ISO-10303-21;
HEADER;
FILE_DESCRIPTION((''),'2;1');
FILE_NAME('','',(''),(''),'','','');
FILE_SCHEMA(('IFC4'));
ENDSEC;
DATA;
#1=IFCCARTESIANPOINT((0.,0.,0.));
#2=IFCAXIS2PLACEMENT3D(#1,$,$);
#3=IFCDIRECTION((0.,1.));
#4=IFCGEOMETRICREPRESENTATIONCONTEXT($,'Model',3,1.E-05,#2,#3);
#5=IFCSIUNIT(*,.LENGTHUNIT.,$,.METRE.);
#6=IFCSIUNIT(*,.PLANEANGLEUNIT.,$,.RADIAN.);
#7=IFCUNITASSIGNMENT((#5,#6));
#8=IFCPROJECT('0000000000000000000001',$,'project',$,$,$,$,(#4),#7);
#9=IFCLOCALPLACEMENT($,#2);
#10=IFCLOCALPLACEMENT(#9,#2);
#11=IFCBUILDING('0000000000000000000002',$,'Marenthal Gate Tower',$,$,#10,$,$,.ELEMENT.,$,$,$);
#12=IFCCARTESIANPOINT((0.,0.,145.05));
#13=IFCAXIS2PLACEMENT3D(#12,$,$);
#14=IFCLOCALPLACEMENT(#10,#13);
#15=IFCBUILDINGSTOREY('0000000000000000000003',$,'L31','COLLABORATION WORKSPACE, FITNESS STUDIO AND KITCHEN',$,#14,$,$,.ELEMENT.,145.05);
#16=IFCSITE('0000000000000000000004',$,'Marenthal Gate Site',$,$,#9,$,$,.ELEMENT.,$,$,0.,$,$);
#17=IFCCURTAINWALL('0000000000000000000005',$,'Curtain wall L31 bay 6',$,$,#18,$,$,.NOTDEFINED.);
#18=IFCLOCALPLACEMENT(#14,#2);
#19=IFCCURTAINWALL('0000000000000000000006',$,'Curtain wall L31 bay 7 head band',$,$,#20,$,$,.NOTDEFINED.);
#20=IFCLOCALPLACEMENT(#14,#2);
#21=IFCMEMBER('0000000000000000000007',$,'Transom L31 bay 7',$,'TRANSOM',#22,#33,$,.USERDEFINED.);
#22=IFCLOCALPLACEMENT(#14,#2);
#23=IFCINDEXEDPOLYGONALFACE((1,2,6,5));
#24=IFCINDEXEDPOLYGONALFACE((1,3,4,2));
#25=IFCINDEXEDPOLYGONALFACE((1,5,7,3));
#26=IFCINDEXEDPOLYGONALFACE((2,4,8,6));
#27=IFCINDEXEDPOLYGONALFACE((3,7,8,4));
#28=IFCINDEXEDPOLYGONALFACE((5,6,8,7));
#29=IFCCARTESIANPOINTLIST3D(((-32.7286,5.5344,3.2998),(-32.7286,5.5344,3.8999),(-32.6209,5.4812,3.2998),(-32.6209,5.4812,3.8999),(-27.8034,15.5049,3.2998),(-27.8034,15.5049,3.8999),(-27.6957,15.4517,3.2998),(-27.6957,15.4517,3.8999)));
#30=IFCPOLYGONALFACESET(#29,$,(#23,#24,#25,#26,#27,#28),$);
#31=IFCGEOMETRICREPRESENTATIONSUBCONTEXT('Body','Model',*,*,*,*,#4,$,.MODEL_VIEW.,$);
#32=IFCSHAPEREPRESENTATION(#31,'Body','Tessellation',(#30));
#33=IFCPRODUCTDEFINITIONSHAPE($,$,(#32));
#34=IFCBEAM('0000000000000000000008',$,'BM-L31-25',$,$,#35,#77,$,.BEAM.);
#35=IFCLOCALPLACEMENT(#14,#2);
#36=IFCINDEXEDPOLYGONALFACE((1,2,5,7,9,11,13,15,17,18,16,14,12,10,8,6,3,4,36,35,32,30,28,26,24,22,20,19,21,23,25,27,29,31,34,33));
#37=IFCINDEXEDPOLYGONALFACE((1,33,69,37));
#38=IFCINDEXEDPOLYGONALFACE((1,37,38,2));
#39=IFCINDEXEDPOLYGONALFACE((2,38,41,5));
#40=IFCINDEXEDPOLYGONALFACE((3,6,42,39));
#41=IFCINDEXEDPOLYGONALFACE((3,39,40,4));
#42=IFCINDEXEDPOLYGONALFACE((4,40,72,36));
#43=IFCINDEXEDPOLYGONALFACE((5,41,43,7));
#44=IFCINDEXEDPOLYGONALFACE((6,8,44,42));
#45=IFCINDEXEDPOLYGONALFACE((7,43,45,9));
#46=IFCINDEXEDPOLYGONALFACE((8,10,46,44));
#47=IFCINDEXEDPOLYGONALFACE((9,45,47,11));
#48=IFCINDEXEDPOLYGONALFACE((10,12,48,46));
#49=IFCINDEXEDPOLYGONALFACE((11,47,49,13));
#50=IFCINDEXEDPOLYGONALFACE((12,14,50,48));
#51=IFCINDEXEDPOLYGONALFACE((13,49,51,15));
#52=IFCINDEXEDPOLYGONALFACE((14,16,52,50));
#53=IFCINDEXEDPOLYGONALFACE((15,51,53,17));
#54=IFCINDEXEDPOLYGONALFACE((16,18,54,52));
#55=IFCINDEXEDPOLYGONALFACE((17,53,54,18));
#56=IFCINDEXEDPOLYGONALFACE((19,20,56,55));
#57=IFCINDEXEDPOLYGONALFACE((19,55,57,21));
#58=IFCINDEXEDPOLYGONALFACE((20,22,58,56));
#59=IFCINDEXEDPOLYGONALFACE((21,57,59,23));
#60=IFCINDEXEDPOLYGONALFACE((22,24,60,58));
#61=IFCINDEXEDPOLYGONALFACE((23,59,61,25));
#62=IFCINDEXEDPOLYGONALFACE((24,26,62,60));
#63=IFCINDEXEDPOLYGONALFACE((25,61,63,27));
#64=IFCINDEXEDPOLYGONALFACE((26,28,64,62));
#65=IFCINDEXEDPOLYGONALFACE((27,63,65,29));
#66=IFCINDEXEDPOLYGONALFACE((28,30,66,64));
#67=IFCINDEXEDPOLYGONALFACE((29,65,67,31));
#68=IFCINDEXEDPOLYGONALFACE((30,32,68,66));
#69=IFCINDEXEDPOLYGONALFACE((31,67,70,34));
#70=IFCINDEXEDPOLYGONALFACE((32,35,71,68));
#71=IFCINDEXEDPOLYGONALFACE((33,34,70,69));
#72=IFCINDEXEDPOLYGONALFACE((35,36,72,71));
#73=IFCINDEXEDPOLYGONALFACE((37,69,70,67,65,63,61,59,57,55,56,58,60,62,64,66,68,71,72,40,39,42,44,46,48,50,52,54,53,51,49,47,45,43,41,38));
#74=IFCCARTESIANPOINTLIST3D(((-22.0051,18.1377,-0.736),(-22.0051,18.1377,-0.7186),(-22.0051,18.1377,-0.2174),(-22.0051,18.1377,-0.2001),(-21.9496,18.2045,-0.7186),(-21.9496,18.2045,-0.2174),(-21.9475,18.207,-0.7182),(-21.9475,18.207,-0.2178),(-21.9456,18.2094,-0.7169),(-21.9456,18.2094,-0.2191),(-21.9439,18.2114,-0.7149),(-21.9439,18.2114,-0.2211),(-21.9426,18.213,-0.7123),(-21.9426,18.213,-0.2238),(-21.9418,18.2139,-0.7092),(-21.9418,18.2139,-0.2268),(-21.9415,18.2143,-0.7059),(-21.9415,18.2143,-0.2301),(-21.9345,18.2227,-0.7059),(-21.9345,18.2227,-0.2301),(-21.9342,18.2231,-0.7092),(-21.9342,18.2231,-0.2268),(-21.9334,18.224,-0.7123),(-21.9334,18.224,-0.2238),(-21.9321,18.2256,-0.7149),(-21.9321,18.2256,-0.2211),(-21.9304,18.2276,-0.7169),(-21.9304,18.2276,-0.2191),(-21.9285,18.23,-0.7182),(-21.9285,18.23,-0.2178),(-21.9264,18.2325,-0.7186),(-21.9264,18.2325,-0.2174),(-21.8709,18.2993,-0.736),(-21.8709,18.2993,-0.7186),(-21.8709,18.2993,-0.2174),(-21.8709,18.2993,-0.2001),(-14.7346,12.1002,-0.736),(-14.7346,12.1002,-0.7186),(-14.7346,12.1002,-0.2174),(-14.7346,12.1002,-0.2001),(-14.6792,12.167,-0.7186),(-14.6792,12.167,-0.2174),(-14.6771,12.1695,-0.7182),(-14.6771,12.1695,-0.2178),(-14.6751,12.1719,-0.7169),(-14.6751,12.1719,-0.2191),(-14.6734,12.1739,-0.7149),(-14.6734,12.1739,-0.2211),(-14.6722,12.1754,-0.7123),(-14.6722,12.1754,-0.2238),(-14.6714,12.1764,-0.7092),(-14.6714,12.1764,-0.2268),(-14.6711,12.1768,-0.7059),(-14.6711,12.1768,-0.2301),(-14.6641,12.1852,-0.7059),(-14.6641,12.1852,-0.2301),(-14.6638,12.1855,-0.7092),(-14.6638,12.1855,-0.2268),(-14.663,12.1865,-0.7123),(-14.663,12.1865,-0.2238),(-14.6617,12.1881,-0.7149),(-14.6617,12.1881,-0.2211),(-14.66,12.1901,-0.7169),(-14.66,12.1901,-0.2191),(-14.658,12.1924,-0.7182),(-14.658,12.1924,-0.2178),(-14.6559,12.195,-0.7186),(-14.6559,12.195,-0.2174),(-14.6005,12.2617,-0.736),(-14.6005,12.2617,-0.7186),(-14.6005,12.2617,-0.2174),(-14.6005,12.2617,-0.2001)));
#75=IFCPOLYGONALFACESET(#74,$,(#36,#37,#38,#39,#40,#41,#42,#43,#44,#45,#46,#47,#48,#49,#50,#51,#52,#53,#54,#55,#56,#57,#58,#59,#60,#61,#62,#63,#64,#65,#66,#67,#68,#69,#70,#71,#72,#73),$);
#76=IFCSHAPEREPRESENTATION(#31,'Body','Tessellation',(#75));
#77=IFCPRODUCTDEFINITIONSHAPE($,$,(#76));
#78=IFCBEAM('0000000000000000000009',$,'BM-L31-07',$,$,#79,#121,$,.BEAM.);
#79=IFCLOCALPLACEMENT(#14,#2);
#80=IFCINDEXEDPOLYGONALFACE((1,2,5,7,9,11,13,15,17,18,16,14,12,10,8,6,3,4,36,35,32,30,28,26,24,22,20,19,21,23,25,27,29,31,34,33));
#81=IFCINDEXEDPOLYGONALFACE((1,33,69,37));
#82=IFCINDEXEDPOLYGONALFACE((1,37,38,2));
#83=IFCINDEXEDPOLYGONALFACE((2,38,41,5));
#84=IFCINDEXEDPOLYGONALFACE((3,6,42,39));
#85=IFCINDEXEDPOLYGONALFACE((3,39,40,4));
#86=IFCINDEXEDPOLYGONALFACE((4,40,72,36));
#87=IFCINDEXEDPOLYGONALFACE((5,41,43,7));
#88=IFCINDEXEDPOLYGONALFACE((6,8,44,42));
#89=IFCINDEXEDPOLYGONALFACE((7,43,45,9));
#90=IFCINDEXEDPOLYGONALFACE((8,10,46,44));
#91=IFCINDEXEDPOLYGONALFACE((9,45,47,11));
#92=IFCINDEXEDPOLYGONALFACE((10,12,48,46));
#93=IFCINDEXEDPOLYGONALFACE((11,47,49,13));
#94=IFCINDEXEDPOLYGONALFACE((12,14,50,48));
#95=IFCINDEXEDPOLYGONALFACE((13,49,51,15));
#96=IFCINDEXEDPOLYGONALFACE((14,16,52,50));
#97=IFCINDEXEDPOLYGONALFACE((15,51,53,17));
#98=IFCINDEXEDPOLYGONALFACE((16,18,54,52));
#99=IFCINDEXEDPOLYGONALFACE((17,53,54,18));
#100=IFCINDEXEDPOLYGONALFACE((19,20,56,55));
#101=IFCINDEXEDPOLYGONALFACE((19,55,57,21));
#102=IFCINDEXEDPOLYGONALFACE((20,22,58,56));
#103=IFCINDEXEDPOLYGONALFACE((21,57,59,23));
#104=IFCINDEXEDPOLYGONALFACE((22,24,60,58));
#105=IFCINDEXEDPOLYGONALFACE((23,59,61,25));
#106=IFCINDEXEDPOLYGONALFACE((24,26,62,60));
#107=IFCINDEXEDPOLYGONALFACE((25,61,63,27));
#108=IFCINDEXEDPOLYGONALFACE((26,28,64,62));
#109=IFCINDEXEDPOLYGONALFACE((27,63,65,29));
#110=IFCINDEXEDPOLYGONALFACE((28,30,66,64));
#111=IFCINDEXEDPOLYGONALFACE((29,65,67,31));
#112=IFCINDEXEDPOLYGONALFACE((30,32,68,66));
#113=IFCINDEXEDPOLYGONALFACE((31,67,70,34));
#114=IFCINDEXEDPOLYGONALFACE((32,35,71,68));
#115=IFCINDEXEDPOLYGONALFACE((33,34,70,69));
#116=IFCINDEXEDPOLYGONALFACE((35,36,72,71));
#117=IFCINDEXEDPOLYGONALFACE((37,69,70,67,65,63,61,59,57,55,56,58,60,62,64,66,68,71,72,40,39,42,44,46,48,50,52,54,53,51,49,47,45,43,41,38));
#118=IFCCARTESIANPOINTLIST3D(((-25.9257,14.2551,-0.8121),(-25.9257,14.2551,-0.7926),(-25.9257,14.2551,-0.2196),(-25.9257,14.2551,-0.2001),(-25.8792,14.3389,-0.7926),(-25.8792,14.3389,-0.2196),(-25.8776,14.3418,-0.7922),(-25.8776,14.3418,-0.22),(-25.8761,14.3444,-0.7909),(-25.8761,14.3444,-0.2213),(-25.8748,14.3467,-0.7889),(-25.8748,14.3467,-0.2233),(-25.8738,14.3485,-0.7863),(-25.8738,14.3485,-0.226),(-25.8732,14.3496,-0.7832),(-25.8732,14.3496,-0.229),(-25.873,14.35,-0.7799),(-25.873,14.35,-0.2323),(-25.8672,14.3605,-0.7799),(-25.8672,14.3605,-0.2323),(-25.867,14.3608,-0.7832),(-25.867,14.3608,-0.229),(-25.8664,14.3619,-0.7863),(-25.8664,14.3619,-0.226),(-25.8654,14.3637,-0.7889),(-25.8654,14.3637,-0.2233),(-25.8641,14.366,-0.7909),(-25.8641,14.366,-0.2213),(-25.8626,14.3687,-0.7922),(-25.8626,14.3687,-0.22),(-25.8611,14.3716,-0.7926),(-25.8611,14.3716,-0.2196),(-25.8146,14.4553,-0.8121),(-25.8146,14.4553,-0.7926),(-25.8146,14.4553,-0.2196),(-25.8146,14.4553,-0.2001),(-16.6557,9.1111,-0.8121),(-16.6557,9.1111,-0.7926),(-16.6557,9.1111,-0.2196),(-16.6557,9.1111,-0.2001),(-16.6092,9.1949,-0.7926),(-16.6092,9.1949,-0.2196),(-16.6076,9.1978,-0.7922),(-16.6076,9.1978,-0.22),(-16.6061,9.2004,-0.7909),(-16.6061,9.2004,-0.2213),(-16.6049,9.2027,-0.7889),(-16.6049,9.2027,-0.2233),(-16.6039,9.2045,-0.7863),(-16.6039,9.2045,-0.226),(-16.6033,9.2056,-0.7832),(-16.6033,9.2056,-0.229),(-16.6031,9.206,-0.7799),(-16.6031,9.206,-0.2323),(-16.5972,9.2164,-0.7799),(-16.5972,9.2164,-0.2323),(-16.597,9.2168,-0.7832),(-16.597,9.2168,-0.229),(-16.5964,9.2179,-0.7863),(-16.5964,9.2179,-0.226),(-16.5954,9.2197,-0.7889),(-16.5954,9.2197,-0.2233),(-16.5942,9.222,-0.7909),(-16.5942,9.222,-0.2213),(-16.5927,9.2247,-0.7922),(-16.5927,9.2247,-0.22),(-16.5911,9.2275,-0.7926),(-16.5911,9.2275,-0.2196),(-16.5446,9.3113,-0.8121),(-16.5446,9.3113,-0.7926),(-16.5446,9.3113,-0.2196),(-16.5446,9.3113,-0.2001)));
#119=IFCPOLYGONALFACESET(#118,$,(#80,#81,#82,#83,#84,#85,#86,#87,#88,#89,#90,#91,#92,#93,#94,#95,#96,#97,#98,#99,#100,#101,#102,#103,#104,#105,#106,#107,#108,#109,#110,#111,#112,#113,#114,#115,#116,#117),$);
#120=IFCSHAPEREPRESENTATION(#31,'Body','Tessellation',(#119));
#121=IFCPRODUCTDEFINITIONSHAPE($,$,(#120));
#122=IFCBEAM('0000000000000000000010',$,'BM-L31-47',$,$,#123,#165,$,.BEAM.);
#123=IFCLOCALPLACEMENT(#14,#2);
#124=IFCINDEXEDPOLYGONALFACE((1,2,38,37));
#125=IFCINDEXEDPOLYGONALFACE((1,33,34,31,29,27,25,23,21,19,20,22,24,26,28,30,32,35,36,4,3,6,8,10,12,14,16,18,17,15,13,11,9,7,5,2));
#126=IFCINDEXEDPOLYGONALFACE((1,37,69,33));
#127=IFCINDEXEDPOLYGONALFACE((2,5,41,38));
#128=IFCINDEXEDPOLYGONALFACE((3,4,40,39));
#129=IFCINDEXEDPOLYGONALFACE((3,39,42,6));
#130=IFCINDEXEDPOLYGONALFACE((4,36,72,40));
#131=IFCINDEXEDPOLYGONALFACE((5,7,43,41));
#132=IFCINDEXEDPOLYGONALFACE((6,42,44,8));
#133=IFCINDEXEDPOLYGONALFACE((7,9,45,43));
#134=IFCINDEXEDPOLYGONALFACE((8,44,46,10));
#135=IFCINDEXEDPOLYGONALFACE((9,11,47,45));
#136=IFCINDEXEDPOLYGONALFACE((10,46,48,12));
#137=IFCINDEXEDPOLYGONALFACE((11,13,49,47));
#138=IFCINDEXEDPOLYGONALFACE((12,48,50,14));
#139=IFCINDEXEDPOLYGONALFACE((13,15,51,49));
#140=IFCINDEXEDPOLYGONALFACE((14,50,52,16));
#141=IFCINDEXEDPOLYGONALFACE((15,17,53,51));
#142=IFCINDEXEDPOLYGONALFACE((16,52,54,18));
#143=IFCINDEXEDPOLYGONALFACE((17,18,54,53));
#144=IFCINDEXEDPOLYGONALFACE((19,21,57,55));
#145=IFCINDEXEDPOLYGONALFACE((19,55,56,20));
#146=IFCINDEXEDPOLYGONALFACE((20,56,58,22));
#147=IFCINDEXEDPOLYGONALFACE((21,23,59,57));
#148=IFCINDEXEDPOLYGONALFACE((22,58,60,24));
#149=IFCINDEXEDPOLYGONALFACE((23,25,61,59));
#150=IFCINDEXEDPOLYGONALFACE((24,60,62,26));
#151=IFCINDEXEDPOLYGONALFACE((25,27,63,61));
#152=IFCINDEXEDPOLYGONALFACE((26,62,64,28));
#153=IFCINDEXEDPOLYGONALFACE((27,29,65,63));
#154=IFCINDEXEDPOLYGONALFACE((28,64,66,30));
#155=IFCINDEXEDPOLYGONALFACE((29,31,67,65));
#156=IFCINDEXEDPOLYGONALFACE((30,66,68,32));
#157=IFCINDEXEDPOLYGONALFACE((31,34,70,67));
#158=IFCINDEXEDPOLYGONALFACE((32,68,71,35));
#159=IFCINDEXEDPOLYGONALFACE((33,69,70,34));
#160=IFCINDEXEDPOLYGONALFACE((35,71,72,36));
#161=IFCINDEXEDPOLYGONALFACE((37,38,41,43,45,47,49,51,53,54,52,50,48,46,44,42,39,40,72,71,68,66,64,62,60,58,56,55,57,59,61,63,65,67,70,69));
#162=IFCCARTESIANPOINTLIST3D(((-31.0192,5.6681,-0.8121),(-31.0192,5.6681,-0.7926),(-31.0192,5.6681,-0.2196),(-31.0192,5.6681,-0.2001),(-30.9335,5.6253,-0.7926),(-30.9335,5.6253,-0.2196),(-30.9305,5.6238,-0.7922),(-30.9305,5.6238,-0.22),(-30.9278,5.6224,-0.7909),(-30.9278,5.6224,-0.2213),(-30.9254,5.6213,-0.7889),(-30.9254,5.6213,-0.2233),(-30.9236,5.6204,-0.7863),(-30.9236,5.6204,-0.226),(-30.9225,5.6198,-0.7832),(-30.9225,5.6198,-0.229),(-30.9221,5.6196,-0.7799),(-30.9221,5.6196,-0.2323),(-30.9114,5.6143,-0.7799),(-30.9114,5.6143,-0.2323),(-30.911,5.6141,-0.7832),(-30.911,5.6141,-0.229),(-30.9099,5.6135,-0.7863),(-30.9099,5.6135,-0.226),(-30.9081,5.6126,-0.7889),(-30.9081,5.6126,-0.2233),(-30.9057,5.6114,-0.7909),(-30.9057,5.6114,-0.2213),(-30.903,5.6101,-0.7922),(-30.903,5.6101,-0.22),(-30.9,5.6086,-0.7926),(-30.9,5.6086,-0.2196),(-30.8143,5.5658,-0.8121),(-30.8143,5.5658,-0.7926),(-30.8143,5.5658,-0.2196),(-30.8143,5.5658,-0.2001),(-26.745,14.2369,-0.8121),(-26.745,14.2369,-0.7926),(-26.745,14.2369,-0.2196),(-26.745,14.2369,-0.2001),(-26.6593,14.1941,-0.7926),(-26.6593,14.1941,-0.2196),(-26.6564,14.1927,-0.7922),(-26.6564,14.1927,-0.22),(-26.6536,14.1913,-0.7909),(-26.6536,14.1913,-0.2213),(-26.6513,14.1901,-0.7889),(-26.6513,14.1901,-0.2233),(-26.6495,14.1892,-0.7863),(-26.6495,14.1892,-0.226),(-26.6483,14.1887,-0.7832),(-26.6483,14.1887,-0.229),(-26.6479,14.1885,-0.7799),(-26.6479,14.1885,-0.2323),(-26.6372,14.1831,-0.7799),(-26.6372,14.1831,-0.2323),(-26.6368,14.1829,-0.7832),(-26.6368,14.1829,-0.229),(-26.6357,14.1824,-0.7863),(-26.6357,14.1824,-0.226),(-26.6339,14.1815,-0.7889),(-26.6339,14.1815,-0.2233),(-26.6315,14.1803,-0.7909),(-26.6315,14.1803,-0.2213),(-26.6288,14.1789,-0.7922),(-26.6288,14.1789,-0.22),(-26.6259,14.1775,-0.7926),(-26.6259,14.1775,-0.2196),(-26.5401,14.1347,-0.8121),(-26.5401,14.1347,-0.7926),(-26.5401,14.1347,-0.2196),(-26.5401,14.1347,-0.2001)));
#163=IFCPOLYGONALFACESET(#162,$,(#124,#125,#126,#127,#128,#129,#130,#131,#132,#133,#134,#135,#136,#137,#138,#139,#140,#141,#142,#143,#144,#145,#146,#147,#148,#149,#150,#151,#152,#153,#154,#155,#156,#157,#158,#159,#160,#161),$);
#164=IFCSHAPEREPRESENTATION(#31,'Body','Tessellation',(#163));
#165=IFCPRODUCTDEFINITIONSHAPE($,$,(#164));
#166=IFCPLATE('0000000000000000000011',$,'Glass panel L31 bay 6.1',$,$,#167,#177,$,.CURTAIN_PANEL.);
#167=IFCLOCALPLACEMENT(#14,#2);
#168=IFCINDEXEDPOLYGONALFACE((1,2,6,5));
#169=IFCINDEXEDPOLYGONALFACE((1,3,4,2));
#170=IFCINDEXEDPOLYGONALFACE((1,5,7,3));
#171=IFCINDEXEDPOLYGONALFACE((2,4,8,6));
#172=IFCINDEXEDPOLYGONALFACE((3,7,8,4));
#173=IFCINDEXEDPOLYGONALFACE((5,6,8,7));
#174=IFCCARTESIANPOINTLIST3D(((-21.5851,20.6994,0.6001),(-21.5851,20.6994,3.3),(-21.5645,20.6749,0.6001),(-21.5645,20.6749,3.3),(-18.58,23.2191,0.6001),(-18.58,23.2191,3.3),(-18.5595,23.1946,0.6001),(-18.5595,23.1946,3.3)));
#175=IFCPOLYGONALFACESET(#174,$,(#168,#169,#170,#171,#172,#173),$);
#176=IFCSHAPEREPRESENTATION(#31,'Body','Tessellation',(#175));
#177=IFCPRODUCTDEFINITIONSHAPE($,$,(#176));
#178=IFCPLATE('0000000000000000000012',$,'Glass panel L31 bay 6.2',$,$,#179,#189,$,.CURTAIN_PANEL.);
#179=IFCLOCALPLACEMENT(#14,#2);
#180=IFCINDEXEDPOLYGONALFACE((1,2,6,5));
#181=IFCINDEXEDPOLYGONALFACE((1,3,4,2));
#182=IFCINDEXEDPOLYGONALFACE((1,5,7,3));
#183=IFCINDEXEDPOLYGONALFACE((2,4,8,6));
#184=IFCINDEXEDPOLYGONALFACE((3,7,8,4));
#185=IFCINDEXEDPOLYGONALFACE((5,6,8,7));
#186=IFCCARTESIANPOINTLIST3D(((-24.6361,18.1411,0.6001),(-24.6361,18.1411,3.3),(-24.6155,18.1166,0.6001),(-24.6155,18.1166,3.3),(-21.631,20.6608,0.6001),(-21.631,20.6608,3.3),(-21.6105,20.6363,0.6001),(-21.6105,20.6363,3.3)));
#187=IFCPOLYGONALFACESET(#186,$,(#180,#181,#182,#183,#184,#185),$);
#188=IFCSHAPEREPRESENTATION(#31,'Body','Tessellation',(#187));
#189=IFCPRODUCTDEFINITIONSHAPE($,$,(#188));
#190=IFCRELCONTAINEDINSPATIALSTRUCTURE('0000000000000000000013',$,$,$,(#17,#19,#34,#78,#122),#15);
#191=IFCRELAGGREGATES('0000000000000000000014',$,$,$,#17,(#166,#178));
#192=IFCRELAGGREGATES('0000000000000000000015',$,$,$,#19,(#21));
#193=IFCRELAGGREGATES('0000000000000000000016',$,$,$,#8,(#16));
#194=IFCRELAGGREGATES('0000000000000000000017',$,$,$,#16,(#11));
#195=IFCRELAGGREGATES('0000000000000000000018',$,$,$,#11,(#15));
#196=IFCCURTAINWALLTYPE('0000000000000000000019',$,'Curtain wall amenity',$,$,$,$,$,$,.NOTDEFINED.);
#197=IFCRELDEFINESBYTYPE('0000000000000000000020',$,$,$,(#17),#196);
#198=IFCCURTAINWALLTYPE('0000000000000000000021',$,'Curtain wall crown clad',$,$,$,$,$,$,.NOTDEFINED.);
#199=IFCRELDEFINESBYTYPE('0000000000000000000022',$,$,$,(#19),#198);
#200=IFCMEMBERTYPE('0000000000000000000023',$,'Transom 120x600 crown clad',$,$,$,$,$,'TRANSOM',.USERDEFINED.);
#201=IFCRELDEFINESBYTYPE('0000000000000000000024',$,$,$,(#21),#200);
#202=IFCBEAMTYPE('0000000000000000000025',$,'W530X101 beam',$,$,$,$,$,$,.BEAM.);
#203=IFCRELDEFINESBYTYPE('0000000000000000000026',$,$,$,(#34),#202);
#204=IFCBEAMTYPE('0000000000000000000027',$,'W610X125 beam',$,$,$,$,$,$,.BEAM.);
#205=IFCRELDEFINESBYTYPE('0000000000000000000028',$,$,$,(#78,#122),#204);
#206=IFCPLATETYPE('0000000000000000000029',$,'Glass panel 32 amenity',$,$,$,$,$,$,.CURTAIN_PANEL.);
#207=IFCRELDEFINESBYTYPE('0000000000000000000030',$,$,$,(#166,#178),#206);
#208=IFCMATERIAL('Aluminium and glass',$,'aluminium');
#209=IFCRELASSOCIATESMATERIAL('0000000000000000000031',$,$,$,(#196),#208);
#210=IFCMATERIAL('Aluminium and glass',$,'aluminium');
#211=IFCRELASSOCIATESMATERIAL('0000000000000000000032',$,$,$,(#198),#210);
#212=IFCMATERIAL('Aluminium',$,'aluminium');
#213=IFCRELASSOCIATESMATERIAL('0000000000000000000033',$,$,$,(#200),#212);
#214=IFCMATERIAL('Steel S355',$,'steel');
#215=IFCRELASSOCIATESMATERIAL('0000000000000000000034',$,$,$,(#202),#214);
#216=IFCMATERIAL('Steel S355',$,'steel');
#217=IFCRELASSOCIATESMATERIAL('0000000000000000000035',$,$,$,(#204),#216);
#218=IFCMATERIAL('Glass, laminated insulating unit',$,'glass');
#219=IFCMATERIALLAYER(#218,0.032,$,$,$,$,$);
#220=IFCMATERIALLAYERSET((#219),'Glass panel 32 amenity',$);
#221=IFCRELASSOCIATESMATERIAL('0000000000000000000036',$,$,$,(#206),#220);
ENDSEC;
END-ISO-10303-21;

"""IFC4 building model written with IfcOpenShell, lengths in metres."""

from ifc_helpers import new_model, si_unit, direction, frame, origin, origin_2d, place, context, subcontext, project, spatial, rectangle, i_section, extrude, material, layer, layer_set, material_profile, profile_set, type_object, element, aggregate, save


model = new_model("IFC4")

# Units and contexts
model_context = context("Model", 3, precision=1e-05, world=origin(), true_north=direction((0.0, 1.0)))
body_context = subcontext(model_context, "Body", "Model", "MODEL_VIEW")
ifc_project = project(units=[si_unit("LENGTHUNIT", "METRE"), si_unit("PLANEANGLEUNIT", "RADIAN")], contexts=[model_context])

# Site, building, storey
site_placement = place(None, origin())
site = spatial("IfcSite", under=ifc_project, at=site_placement, Name="Marenthal Gate Site", CompositionType="ELEMENT", RefElevation=0.0)
building_placement = place(site_placement, origin())
building = spatial("IfcBuilding", under=site, at=building_placement, Name="Marenthal Gate Tower", CompositionType="ELEMENT")
storey_placement = place(building_placement, frame((0.0, 0.0, 145.05)))
storey = spatial("IfcBuildingStorey", under=building, at=storey_placement, Name="L31", Description="COLLABORATION WORKSPACE, FITNESS STUDIO AND KITCHEN", CompositionType="ELEMENT", Elevation=145.05)

# Curtain walls
ifc_material_1 = material(Name="Aluminium and glass", Category="aluminium")
curtain_wall_type_1 = type_object("IfcCurtainWallType", Name="Curtain wall amenity", PredefinedType="NOTDEFINED", material=ifc_material_1)
curtain_wall_1_placement = place(storey_placement, origin())
curtain_wall_1 = element("IfcCurtainWall", 1, at=curtain_wall_1_placement, inside=storey, type_object=curtain_wall_type_1, Name="Curtain wall L31 bay 6", PredefinedType="NOTDEFINED")
ifc_material_2 = material(Name="Aluminium and glass", Category="aluminium")
curtain_wall_type_2 = type_object("IfcCurtainWallType", Name="Curtain wall crown clad", PredefinedType="NOTDEFINED", material=ifc_material_2)
curtain_wall_2_placement = place(storey_placement, origin())
curtain_wall_2 = element("IfcCurtainWall", 2, at=curtain_wall_2_placement, inside=storey, type_object=curtain_wall_type_2, Name="Curtain wall L31 bay 7 head band", PredefinedType="NOTDEFINED")

# Member
ifc_material_3 = material(Name="Aluminium", Category="aluminium")
ifc_material_profile_1 = material_profile(ifc_material_3, rectangle(XDim=0.1201, YDim=0.6001, at=origin_2d()), Name="120x600 aluminium transom")
ifc_profile_set_1 = profile_set([ifc_material_profile_1], Name="Aluminium")
member_type_1 = type_object("IfcMemberType", Name="Transom 120x600 crown clad", ElementType="TRANSOM", PredefinedType="USERDEFINED", material=ifc_profile_set_1)
member_1_placement = place(storey_placement, frame((-27.7495, 15.4783, 3.5999), z_axis=(-0.442897, -0.896573, 0.0), x_axis=(0.896573, -0.442897, 0.0)))
member_1 = element("IfcMember", 3, at=member_1_placement, type_object=member_type_1, Name="Transom L31 bay 7", ObjectType="TRANSOM", PredefinedType="USERDEFINED", context=body_context, shape_type="SweptSolid", body=[
    extrude(rectangle(XDim=0.1201, YDim=0.6001, at=origin_2d()), origin(), (0.0, 0.0, 1.0), 11.1206),
])

# Beams
ifc_material_4 = material(Name="Steel S355", Category="steel")
ifc_material_profile_2 = material_profile(ifc_material_4, i_section(OverallWidth=0.21, OverallDepth=0.5359, WebThickness=0.011, FlangeThickness=0.0173, FilletRadius=0.0127, at=origin_2d()), Name="W530X101")
ifc_profile_set_2 = profile_set([ifc_material_profile_2], Name="Steel S355")
beam_type_1 = type_object("IfcBeamType", Name="W530X101 beam", PredefinedType="BEAM", material=ifc_profile_set_2)
beam_1_placement = place(storey_placement, frame((-21.938, 18.2185, -0.468), z_axis=(0.769321, -0.638862, 0.0), x_axis=(0.638862, 0.769321, 0.0)))
element("IfcBeam", 4, at=beam_1_placement, inside=storey, type_object=beam_type_1, Name="BM-L31-25", PredefinedType="BEAM", context=body_context, shape_type="SweptSolid", body=[
    extrude(i_section(OverallWidth=0.21, OverallDepth=0.5359, WebThickness=0.011, FlangeThickness=0.0173, FilletRadius=0.0127, at=origin_2d()), origin(), (0.0, 0.0, 1.0), 9.4504),
])
ifc_material_5 = material(Name="Steel S355", Category="steel")
ifc_material_profile_3 = material_profile(ifc_material_5, i_section(OverallWidth=0.229, OverallDepth=0.6121, WebThickness=0.012, FlangeThickness=0.0195, FilletRadius=0.0127, at=origin_2d()), Name="W610X125")
ifc_profile_set_3 = profile_set([ifc_material_profile_3], Name="Steel S355")
beam_type_2 = type_object("IfcBeamType", Name="W610X125 beam", PredefinedType="BEAM", material=ifc_profile_set_3)
beam_2_placement = place(storey_placement, frame((-25.8701, 14.3552, -0.5061), z_axis=(0.874396, -0.485213, 0.0), x_axis=(0.485213, 0.874396, 0.0)))
element("IfcBeam", 5, at=beam_2_placement, inside=storey, type_object=beam_type_2, Name="BM-L31-07", PredefinedType="BEAM", context=body_context, shape_type="SweptSolid", body=[
    extrude(i_section(OverallWidth=0.229, OverallDepth=0.6121, WebThickness=0.012, FlangeThickness=0.0195, FilletRadius=0.0127, at=origin_2d()), origin(), (0.0, 0.0, 1.0), 10.6016),
])
beam_3_placement = place(storey_placement, frame((-26.6426, 14.1858, -0.5061), z_axis=(-0.446357, -0.894855, 0.0), x_axis=(0.894855, -0.446357, 0.0)))
element("IfcBeam", 6, at=beam_3_placement, inside=storey, type_object=beam_type_2, Name="BM-L31-47", PredefinedType="BEAM", context=body_context, shape_type="SweptSolid", body=[
    extrude(i_section(OverallWidth=0.229, OverallDepth=0.6121, WebThickness=0.012, FlangeThickness=0.0195, FilletRadius=0.0127, at=origin_2d()), origin(), (0.0, 0.0, 1.0), 9.5757),
])

# Plates
ifc_material_6 = material(Name="Glass, laminated insulating unit", Category="glass")
ifc_layer_1 = layer(ifc_material_6, 0.032)
ifc_layer_set_1 = layer_set([ifc_layer_1], Name="Glass panel 32 amenity")
plate_type_1 = type_object("IfcPlateType", Name="Glass panel 32 amenity", PredefinedType="CURTAIN_PANEL", material=ifc_layer_set_1)
plate_1_placement = place(storey_placement, frame((-20.0723, 21.947, 0.6001), z_axis=(0.0, 0.0, 1.0), x_axis=(-0.766277, -0.642511, 0.0)))
plate_1 = element("IfcPlate", 7, at=plate_1_placement, type_object=plate_type_1, Name="Glass panel L31 bay 6.1", PredefinedType="CURTAIN_PANEL", context=body_context, shape_type="SweptSolid", body=[
    extrude(rectangle(XDim=3.9216, YDim=0.032, at=origin_2d()), origin(), (0.0, 0.0, 1.0), 2.7),
])
plate_2_placement = place(storey_placement, frame((-23.1233, 19.3887, 0.6001), z_axis=(0.0, 0.0, 1.0), x_axis=(-0.766277, -0.642511, 0.0)))
plate_2 = element("IfcPlate", 8, at=plate_2_placement, type_object=plate_type_1, Name="Glass panel L31 bay 6.2", PredefinedType="CURTAIN_PANEL", context=body_context, shape_type="SweptSolid", body=[
    extrude(rectangle(XDim=3.9216, YDim=0.032, at=origin_2d()), origin(), (0.0, 0.0, 1.0), 2.7),
])
aggregate(curtain_wall_1, [plate_1, plate_2])
aggregate(curtain_wall_2, [member_1])

save(model, "model.ifc")
